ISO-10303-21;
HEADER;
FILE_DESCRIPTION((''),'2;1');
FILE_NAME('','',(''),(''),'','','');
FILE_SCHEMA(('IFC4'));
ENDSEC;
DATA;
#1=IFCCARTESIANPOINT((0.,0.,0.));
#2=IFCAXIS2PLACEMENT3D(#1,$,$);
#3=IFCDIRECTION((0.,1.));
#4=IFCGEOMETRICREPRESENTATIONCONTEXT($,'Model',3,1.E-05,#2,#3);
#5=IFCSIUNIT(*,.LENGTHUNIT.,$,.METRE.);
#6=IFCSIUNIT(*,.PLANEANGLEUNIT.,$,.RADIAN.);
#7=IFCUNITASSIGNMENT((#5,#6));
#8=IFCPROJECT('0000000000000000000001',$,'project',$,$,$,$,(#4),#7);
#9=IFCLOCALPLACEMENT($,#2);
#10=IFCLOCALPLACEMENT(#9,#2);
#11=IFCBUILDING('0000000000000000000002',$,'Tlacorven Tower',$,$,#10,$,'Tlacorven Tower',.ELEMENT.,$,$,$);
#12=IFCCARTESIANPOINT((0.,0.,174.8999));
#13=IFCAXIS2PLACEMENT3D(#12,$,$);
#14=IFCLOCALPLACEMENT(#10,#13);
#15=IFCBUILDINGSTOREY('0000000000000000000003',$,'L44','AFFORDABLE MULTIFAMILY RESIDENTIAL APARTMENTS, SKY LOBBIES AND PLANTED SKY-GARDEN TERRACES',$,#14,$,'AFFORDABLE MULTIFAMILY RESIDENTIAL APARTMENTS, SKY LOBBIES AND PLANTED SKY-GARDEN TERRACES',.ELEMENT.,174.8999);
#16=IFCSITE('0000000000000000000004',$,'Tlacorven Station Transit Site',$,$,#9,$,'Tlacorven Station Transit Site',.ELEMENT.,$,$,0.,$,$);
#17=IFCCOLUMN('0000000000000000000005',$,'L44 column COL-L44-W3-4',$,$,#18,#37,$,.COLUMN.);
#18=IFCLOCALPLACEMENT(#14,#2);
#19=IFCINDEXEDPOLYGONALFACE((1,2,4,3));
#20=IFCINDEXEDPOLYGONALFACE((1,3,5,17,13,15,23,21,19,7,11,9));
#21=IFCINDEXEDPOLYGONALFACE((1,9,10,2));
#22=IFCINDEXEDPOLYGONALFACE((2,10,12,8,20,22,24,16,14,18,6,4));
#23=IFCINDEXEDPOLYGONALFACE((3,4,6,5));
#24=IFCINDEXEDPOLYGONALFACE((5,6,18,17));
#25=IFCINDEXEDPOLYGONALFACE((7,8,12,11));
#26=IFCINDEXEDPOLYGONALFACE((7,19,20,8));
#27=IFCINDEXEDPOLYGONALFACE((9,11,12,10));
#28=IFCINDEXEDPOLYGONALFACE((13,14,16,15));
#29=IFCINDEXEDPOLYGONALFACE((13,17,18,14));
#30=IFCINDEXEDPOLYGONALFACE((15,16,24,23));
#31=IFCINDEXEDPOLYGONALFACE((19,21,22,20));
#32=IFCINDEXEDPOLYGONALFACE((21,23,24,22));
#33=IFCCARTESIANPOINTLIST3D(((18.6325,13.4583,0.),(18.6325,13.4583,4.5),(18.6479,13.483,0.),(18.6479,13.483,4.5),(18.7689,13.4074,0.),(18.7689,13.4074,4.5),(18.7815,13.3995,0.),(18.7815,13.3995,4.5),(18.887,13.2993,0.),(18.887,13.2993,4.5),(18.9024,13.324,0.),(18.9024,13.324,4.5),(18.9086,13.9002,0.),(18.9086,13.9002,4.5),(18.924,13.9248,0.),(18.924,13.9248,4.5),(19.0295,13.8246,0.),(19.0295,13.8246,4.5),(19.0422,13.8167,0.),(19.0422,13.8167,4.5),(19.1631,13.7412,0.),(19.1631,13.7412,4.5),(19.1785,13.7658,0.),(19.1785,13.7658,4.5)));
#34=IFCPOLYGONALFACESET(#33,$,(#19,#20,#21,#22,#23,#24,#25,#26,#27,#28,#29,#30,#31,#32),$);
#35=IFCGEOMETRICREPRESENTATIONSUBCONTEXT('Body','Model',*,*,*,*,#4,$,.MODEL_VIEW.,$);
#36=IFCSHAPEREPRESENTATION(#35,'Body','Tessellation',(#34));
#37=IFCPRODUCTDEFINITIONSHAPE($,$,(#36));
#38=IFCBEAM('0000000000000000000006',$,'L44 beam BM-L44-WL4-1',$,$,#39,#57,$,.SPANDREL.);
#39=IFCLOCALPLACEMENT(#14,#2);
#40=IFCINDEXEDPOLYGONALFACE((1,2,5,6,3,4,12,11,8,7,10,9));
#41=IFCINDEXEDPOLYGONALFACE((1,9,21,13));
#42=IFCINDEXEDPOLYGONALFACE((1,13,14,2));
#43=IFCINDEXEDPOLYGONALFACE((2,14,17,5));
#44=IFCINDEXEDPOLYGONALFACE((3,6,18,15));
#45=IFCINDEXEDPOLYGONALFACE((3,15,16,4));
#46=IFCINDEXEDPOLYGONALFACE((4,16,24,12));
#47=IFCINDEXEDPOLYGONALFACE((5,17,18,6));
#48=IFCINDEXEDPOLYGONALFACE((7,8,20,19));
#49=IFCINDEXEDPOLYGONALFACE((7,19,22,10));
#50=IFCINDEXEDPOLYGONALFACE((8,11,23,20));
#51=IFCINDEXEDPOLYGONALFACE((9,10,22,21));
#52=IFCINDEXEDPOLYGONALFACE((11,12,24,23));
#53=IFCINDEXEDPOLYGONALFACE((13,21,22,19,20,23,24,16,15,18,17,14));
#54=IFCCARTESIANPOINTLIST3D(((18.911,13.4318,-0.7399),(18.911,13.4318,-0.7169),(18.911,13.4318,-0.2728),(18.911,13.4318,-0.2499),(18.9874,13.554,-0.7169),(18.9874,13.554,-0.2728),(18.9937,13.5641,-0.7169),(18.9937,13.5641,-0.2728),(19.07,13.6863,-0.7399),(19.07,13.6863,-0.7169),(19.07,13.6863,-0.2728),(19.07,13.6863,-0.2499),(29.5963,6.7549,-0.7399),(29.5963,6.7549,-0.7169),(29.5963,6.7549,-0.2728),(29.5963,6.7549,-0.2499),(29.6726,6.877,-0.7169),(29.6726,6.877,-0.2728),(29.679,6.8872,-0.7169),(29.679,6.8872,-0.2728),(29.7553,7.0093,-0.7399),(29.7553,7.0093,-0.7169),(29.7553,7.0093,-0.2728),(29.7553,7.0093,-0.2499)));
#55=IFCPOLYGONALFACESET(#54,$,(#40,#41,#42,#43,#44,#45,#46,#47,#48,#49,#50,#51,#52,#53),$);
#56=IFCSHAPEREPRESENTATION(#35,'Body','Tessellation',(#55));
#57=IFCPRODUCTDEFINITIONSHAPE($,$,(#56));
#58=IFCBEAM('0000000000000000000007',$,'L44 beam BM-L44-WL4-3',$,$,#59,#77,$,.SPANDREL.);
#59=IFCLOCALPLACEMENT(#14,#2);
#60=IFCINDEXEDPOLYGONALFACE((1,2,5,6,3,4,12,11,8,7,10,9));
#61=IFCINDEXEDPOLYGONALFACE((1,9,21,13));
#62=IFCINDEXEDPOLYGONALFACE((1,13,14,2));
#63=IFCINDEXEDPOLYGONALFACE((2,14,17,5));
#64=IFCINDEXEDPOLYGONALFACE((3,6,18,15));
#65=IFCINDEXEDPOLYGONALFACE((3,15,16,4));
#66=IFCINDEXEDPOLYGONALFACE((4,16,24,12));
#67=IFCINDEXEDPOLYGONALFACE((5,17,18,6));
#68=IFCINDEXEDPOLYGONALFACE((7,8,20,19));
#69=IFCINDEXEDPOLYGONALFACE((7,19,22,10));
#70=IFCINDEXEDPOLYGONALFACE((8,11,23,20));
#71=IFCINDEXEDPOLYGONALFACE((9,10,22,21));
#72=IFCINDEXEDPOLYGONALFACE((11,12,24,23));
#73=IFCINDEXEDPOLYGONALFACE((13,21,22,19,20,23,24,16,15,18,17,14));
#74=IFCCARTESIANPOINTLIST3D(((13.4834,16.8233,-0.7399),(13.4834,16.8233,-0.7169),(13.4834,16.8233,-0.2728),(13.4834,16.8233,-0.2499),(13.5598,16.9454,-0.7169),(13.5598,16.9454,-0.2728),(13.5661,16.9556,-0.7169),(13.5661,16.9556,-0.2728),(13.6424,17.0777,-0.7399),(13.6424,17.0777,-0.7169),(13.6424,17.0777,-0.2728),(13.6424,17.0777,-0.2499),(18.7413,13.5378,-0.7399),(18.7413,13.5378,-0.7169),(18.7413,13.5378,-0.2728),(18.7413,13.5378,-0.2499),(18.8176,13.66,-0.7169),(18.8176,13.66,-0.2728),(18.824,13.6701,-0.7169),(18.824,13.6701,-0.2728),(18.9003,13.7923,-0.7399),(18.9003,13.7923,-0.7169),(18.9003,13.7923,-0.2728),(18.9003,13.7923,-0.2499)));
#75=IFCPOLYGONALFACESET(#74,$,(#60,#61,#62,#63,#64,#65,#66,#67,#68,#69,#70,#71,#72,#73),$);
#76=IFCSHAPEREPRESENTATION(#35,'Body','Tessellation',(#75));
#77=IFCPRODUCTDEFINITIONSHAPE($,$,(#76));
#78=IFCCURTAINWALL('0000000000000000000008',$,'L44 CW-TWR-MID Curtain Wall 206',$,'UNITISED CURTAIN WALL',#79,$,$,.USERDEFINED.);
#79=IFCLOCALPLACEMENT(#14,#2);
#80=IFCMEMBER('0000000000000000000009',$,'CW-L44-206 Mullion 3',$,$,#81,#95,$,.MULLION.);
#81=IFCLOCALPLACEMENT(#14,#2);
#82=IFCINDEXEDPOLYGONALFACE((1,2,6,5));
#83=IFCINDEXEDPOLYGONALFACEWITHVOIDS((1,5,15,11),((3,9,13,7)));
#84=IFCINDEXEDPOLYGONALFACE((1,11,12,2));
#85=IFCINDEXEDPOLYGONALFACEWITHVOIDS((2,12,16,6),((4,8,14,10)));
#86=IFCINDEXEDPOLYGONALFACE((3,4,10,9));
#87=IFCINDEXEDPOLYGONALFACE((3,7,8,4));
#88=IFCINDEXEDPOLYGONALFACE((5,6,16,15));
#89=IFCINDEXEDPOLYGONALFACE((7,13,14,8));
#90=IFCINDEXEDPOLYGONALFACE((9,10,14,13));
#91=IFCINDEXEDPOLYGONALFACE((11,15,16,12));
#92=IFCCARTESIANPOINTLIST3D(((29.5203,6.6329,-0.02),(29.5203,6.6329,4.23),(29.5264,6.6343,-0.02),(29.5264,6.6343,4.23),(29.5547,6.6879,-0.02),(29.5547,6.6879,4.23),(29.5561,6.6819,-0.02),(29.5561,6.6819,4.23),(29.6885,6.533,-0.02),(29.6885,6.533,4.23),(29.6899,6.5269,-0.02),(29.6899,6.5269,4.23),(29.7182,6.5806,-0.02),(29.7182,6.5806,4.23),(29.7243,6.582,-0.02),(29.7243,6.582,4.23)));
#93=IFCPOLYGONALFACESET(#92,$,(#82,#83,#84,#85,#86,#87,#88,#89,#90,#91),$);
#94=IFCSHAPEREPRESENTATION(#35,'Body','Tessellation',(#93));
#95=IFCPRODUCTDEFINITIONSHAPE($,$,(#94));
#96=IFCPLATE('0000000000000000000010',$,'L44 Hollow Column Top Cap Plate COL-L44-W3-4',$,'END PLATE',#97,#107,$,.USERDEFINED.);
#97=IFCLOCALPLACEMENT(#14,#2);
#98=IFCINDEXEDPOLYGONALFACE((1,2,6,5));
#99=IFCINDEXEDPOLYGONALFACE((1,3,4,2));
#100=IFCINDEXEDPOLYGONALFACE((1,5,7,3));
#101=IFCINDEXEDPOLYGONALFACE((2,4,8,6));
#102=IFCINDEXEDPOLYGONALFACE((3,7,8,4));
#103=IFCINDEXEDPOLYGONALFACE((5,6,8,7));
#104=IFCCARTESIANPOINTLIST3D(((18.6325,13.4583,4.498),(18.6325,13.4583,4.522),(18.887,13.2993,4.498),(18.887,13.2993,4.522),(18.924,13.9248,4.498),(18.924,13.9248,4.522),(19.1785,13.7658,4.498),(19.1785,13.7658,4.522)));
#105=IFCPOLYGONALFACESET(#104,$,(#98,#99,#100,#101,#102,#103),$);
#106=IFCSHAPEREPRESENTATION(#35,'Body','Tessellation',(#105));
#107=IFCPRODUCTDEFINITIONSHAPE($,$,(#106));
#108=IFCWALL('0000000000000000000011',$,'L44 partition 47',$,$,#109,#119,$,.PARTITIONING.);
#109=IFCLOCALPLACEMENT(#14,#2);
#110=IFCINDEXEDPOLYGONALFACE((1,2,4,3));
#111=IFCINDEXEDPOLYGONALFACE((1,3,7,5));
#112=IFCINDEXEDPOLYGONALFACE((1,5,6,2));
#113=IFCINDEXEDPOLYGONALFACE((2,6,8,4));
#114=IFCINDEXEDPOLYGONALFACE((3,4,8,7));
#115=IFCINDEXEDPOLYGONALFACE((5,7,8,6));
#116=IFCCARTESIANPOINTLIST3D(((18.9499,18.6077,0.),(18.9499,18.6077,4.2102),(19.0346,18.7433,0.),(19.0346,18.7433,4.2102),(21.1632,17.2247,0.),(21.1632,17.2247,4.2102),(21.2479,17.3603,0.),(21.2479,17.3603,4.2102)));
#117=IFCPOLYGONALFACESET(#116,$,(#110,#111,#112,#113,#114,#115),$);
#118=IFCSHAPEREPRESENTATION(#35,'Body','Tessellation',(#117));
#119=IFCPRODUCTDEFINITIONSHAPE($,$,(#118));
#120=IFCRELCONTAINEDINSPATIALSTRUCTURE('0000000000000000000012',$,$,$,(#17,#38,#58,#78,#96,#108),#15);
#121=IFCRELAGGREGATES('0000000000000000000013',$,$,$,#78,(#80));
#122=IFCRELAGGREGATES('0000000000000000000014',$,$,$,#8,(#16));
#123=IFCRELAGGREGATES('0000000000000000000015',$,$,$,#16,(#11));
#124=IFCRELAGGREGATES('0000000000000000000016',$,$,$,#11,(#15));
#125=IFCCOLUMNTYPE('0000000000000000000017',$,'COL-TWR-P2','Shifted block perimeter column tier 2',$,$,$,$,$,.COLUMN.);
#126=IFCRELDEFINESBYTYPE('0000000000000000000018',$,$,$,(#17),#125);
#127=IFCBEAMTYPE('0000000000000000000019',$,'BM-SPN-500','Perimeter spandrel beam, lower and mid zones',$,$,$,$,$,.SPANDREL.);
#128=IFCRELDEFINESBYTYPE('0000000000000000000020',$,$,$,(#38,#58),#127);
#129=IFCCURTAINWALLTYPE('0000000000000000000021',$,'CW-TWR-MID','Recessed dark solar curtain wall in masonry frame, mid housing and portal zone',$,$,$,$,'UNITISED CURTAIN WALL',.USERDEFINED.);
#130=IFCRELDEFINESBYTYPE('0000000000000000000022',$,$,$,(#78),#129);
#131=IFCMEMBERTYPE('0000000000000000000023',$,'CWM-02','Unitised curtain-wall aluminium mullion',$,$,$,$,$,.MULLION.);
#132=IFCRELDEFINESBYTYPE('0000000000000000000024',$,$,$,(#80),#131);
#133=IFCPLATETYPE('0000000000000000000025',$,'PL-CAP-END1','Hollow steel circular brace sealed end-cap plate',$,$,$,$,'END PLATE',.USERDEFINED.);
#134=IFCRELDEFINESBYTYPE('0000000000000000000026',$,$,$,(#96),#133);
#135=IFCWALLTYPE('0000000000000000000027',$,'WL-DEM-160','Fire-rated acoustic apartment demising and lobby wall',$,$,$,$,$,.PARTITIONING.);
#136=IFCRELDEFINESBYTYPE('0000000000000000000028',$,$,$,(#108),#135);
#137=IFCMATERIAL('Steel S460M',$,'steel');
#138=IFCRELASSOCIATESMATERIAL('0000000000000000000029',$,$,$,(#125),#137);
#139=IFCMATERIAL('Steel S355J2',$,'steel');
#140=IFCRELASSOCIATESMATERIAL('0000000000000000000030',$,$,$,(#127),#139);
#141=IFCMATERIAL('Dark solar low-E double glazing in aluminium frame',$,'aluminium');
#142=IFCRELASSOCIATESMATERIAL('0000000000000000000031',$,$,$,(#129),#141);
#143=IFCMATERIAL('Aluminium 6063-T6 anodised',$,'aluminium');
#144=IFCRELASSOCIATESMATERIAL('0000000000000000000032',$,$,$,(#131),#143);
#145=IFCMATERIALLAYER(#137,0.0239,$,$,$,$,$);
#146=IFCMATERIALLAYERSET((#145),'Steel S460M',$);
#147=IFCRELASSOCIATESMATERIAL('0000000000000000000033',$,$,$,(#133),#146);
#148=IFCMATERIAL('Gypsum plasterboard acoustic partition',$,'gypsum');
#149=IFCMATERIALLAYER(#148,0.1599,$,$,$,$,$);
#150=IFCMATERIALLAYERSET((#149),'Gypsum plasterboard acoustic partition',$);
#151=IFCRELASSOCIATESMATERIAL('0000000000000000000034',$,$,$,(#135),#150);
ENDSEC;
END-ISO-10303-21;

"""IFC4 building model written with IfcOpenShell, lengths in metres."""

from ifc_helpers import new_model, si_unit, direction, frame, frame_2d, origin, origin_2d, place, context, subcontext, project, spatial, rectangle, hollow_rectangle, i_section, extrude, source, transform, mapped, material, layer, layer_set, material_profile, profile_set, type_object, element, aggregate, save


model = new_model("IFC4")

# Units and contexts
model_context = context("Model", 3, precision=1e-05, world=origin(), true_north=direction((0.0, 1.0)))
body_context = subcontext(model_context, "Body", "Model", "MODEL_VIEW")
ifc_project = project(units=[si_unit("LENGTHUNIT", "METRE"), si_unit("PLANEANGLEUNIT", "RADIAN")], contexts=[model_context])

# Site, building, storey
site_placement = place(None, origin())
site = spatial("IfcSite", under=ifc_project, at=site_placement, Name="Tlacorven Station Transit Site", LongName="Tlacorven Station Transit Site", CompositionType="ELEMENT", RefElevation=0.0)
building_placement = place(site_placement, origin())
building = spatial("IfcBuilding", under=site, at=building_placement, Name="Tlacorven Tower", LongName="Tlacorven Tower", CompositionType="ELEMENT")
storey_placement = place(building_placement, frame((0.0, 0.0, 174.8999)))
storey = spatial("IfcBuildingStorey", under=building, at=storey_placement, Name="L44", Description="AFFORDABLE MULTIFAMILY RESIDENTIAL APARTMENTS, SKY LOBBIES AND PLANTED SKY-GARDEN TERRACES", LongName="AFFORDABLE MULTIFAMILY RESIDENTIAL APARTMENTS, SKY LOBBIES AND PLANTED SKY-GARDEN TERRACES", CompositionType="ELEMENT", Elevation=174.8999)

# Column
ifc_material_1 = material(Name="Steel S460M", Category="steel")
ifc_material_profile_1 = material_profile(ifc_material_1, i_section(OverallWidth=0.3, OverallDepth=0.55, WebThickness=0.0149, FlangeThickness=0.0291, at=origin_2d()), Name="HEB 550")
ifc_profile_set_1 = profile_set([ifc_material_profile_1], Name="Steel S460M")
column_type = type_object("IfcColumnType", Name="COL-TWR-P2", Description="Shifted block perimeter column tier 2", PredefinedType="COLUMN", material=ifc_profile_set_1)
shared_shape_1 = source(origin(), body_context, "Body", "SweptSolid", [
    extrude(i_section(OverallWidth=0.3, OverallDepth=0.55, WebThickness=0.0149, FlangeThickness=0.0291, at=origin_2d()), origin(), (0.0, 0.0, 1.0), 4.5),
])
column_placement = place(storey_placement, frame((18.9055, 13.6121, 0.0), z_axis=(0.0, 0.0, 1.0), x_axis=(-0.848048, 0.529919, 0.0)))
element("IfcColumn", 1, at=column_placement, inside=storey, type_object=column_type, Name="L44 column COL-L44-W3-4", PredefinedType="COLUMN", context=body_context, shape_type="MappedRepresentation", body=[
    mapped(shared_shape_1, transform((0.0, 0.0, 0.0), scale=1.0)),
])

# Beams
ifc_material_2 = material(Name="Steel S355J2", Category="steel")
ifc_material_profile_2 = material_profile(ifc_material_2, i_section(OverallWidth=0.3, OverallDepth=0.49, WebThickness=0.012, FlangeThickness=0.0229, at=origin_2d()), Name="HEA 500")
ifc_profile_set_2 = profile_set([ifc_material_profile_2], Name="Steel S355J2")
beam_type = type_object("IfcBeamType", Name="BM-SPN-500", Description="Perimeter spandrel beam, lower and mid zones", PredefinedType="SPANDREL", material=ifc_profile_set_2)
shared_shape_2 = source(origin(), body_context, "Body", "SweptSolid", [
    extrude(i_section(OverallWidth=0.3, OverallDepth=0.49, WebThickness=0.012, FlangeThickness=0.0229, at=origin_2d()), origin(), (0.0, 0.0, 1.0), 12.5999),
])
beam_1_placement = place(storey_placement, frame((29.6758, 6.8821, -0.4949), z_axis=(-0.848045, 0.529924, 0.0), x_axis=(-0.529924, -0.848045, 0.0)))
element("IfcBeam", 2, at=beam_1_placement, inside=storey, type_object=beam_type, Name="L44 beam BM-L44-WL4-1", PredefinedType="SPANDREL", context=body_context, shape_type="MappedRepresentation", body=[
    mapped(shared_shape_2, transform((0.0, 0.0, 0.0), scale=1.0)),
])
shared_shape_3 = source(origin(), body_context, "Body", "SweptSolid", [
    extrude(i_section(OverallWidth=0.3, OverallDepth=0.49, WebThickness=0.012, FlangeThickness=0.0229, at=origin_2d()), origin(), (0.0, 0.0, 1.0), 6.2),
])
beam_2_placement = place(storey_placement, frame((18.8208, 13.665, -0.4949), z_axis=(-0.848051, 0.529914, 0.0), x_axis=(-0.529914, -0.848051, 0.0)))
element("IfcBeam", 3, at=beam_2_placement, inside=storey, type_object=beam_type, Name="L44 beam BM-L44-WL4-3", PredefinedType="SPANDREL", context=body_context, shape_type="MappedRepresentation", body=[
    mapped(shared_shape_3, transform((0.0, 0.0, 0.0), scale=1.0)),
])

# Curtain wall, member
ifc_material_3 = material(Name="Dark solar low-E double glazing in aluminium frame", Category="aluminium")
curtain_wall_type = type_object("IfcCurtainWallType", Name="CW-TWR-MID", Description="Recessed dark solar curtain wall in masonry frame, mid housing and portal zone", ElementType="UNITISED CURTAIN WALL", PredefinedType="USERDEFINED", material=ifc_material_3)
curtain_wall_placement = place(storey_placement, origin())
curtain_wall = element("IfcCurtainWall", 4, at=curtain_wall_placement, inside=storey, type_object=curtain_wall_type, Name="L44 CW-TWR-MID Curtain Wall 206", ObjectType="UNITISED CURTAIN WALL", PredefinedType="USERDEFINED")
ifc_material_4 = material(Name="Aluminium 6063-T6 anodised", Category="aluminium")
ifc_material_profile_3 = material_profile(ifc_material_4, hollow_rectangle(XDim=0.0649, YDim=0.2, WallThickness=0.0044, at=origin_2d()), Name="ALU MULLION 65X200")
ifc_profile_set_3 = profile_set([ifc_material_profile_3], Name="Aluminium 6063-T6 anodised")
member_type = type_object("IfcMemberType", Name="CWM-02", Description="Unitised curtain-wall aluminium mullion", PredefinedType="MULLION", material=ifc_profile_set_3)
shared_shape_4 = source(origin(), body_context, "Body", "SweptSolid", [
    extrude(hollow_rectangle(XDim=0.0649, YDim=0.2, WallThickness=0.0044, at=origin_2d()), origin(), (0.0, 0.0, 1.0), 4.25),
])
member_placement = place(storey_placement, frame((29.6223, 6.6074, -0.02), z_axis=(0.0, 0.0, 1.0), x_axis=(-0.529919, -0.848048, 0.0)))
member = element("IfcMember", 5, at=member_placement, type_object=member_type, Name="CW-L44-206 Mullion 3", PredefinedType="MULLION", context=body_context, shape_type="MappedRepresentation", body=[
    mapped(shared_shape_4, transform((0.0, 0.0, 0.0), scale=1.0)),
])
aggregate(curtain_wall, [member])

# Plate
ifc_layer_1 = layer(ifc_material_1, 0.0239)
ifc_layer_set_1 = layer_set([ifc_layer_1], Name="Steel S460M")
plate_type = type_object("IfcPlateType", Name="PL-CAP-END1", Description="Hollow steel circular brace sealed end-cap plate", ElementType="END PLATE", PredefinedType="USERDEFINED", material=ifc_layer_set_1)
shared_shape_5 = source(origin(), body_context, "Body", "SweptSolid", [
    extrude(rectangle(XDim=0.3, YDim=0.55, at=origin_2d()), origin(), (0.0, 0.0, 1.0), 0.0239),
])
plate_placement = place(storey_placement, frame((18.9055, 13.6121, 4.498), z_axis=(0.0, 0.0, 1.0), x_axis=(-0.848048, 0.529919, 0.0)))
element("IfcPlate", 6, at=plate_placement, inside=storey, type_object=plate_type, Name="L44 Hollow Column Top Cap Plate COL-L44-W3-4", ObjectType="END PLATE", PredefinedType="USERDEFINED", context=body_context, shape_type="MappedRepresentation", body=[
    mapped(shared_shape_5, transform((0.0, 0.0, 0.0), scale=1.0)),
])

# Wall
ifc_material_5 = material(Name="Gypsum plasterboard acoustic partition", Category="gypsum")
ifc_layer_2 = layer(ifc_material_5, 0.1599)
ifc_layer_set_2 = layer_set([ifc_layer_2], Name="Gypsum plasterboard acoustic partition")
wall_type_1 = type_object("IfcWallType", Name="WL-DEM-160", Description="Fire-rated acoustic apartment demising and lobby wall", PredefinedType="PARTITIONING", material=ifc_layer_set_2)
wall_1_placement = place(storey_placement, frame((21.2056, 17.2925, 0.0), z_axis=(0.0, 0.0, 1.0), x_axis=(-0.848051, 0.529915, 0.0)))
element("IfcWall", 7, at=wall_1_placement, inside=storey, type_object=wall_type_1, Name="L44 partition 47", PredefinedType="PARTITIONING", context=body_context, shape_type="SweptSolid", body=[
    extrude(rectangle(XDim=2.6099, YDim=0.1599, at=frame_2d((1.3049, 0.0))), origin(), (0.0, 0.0, 1.0), 4.2102),
])

save(model, "model.ifc")
